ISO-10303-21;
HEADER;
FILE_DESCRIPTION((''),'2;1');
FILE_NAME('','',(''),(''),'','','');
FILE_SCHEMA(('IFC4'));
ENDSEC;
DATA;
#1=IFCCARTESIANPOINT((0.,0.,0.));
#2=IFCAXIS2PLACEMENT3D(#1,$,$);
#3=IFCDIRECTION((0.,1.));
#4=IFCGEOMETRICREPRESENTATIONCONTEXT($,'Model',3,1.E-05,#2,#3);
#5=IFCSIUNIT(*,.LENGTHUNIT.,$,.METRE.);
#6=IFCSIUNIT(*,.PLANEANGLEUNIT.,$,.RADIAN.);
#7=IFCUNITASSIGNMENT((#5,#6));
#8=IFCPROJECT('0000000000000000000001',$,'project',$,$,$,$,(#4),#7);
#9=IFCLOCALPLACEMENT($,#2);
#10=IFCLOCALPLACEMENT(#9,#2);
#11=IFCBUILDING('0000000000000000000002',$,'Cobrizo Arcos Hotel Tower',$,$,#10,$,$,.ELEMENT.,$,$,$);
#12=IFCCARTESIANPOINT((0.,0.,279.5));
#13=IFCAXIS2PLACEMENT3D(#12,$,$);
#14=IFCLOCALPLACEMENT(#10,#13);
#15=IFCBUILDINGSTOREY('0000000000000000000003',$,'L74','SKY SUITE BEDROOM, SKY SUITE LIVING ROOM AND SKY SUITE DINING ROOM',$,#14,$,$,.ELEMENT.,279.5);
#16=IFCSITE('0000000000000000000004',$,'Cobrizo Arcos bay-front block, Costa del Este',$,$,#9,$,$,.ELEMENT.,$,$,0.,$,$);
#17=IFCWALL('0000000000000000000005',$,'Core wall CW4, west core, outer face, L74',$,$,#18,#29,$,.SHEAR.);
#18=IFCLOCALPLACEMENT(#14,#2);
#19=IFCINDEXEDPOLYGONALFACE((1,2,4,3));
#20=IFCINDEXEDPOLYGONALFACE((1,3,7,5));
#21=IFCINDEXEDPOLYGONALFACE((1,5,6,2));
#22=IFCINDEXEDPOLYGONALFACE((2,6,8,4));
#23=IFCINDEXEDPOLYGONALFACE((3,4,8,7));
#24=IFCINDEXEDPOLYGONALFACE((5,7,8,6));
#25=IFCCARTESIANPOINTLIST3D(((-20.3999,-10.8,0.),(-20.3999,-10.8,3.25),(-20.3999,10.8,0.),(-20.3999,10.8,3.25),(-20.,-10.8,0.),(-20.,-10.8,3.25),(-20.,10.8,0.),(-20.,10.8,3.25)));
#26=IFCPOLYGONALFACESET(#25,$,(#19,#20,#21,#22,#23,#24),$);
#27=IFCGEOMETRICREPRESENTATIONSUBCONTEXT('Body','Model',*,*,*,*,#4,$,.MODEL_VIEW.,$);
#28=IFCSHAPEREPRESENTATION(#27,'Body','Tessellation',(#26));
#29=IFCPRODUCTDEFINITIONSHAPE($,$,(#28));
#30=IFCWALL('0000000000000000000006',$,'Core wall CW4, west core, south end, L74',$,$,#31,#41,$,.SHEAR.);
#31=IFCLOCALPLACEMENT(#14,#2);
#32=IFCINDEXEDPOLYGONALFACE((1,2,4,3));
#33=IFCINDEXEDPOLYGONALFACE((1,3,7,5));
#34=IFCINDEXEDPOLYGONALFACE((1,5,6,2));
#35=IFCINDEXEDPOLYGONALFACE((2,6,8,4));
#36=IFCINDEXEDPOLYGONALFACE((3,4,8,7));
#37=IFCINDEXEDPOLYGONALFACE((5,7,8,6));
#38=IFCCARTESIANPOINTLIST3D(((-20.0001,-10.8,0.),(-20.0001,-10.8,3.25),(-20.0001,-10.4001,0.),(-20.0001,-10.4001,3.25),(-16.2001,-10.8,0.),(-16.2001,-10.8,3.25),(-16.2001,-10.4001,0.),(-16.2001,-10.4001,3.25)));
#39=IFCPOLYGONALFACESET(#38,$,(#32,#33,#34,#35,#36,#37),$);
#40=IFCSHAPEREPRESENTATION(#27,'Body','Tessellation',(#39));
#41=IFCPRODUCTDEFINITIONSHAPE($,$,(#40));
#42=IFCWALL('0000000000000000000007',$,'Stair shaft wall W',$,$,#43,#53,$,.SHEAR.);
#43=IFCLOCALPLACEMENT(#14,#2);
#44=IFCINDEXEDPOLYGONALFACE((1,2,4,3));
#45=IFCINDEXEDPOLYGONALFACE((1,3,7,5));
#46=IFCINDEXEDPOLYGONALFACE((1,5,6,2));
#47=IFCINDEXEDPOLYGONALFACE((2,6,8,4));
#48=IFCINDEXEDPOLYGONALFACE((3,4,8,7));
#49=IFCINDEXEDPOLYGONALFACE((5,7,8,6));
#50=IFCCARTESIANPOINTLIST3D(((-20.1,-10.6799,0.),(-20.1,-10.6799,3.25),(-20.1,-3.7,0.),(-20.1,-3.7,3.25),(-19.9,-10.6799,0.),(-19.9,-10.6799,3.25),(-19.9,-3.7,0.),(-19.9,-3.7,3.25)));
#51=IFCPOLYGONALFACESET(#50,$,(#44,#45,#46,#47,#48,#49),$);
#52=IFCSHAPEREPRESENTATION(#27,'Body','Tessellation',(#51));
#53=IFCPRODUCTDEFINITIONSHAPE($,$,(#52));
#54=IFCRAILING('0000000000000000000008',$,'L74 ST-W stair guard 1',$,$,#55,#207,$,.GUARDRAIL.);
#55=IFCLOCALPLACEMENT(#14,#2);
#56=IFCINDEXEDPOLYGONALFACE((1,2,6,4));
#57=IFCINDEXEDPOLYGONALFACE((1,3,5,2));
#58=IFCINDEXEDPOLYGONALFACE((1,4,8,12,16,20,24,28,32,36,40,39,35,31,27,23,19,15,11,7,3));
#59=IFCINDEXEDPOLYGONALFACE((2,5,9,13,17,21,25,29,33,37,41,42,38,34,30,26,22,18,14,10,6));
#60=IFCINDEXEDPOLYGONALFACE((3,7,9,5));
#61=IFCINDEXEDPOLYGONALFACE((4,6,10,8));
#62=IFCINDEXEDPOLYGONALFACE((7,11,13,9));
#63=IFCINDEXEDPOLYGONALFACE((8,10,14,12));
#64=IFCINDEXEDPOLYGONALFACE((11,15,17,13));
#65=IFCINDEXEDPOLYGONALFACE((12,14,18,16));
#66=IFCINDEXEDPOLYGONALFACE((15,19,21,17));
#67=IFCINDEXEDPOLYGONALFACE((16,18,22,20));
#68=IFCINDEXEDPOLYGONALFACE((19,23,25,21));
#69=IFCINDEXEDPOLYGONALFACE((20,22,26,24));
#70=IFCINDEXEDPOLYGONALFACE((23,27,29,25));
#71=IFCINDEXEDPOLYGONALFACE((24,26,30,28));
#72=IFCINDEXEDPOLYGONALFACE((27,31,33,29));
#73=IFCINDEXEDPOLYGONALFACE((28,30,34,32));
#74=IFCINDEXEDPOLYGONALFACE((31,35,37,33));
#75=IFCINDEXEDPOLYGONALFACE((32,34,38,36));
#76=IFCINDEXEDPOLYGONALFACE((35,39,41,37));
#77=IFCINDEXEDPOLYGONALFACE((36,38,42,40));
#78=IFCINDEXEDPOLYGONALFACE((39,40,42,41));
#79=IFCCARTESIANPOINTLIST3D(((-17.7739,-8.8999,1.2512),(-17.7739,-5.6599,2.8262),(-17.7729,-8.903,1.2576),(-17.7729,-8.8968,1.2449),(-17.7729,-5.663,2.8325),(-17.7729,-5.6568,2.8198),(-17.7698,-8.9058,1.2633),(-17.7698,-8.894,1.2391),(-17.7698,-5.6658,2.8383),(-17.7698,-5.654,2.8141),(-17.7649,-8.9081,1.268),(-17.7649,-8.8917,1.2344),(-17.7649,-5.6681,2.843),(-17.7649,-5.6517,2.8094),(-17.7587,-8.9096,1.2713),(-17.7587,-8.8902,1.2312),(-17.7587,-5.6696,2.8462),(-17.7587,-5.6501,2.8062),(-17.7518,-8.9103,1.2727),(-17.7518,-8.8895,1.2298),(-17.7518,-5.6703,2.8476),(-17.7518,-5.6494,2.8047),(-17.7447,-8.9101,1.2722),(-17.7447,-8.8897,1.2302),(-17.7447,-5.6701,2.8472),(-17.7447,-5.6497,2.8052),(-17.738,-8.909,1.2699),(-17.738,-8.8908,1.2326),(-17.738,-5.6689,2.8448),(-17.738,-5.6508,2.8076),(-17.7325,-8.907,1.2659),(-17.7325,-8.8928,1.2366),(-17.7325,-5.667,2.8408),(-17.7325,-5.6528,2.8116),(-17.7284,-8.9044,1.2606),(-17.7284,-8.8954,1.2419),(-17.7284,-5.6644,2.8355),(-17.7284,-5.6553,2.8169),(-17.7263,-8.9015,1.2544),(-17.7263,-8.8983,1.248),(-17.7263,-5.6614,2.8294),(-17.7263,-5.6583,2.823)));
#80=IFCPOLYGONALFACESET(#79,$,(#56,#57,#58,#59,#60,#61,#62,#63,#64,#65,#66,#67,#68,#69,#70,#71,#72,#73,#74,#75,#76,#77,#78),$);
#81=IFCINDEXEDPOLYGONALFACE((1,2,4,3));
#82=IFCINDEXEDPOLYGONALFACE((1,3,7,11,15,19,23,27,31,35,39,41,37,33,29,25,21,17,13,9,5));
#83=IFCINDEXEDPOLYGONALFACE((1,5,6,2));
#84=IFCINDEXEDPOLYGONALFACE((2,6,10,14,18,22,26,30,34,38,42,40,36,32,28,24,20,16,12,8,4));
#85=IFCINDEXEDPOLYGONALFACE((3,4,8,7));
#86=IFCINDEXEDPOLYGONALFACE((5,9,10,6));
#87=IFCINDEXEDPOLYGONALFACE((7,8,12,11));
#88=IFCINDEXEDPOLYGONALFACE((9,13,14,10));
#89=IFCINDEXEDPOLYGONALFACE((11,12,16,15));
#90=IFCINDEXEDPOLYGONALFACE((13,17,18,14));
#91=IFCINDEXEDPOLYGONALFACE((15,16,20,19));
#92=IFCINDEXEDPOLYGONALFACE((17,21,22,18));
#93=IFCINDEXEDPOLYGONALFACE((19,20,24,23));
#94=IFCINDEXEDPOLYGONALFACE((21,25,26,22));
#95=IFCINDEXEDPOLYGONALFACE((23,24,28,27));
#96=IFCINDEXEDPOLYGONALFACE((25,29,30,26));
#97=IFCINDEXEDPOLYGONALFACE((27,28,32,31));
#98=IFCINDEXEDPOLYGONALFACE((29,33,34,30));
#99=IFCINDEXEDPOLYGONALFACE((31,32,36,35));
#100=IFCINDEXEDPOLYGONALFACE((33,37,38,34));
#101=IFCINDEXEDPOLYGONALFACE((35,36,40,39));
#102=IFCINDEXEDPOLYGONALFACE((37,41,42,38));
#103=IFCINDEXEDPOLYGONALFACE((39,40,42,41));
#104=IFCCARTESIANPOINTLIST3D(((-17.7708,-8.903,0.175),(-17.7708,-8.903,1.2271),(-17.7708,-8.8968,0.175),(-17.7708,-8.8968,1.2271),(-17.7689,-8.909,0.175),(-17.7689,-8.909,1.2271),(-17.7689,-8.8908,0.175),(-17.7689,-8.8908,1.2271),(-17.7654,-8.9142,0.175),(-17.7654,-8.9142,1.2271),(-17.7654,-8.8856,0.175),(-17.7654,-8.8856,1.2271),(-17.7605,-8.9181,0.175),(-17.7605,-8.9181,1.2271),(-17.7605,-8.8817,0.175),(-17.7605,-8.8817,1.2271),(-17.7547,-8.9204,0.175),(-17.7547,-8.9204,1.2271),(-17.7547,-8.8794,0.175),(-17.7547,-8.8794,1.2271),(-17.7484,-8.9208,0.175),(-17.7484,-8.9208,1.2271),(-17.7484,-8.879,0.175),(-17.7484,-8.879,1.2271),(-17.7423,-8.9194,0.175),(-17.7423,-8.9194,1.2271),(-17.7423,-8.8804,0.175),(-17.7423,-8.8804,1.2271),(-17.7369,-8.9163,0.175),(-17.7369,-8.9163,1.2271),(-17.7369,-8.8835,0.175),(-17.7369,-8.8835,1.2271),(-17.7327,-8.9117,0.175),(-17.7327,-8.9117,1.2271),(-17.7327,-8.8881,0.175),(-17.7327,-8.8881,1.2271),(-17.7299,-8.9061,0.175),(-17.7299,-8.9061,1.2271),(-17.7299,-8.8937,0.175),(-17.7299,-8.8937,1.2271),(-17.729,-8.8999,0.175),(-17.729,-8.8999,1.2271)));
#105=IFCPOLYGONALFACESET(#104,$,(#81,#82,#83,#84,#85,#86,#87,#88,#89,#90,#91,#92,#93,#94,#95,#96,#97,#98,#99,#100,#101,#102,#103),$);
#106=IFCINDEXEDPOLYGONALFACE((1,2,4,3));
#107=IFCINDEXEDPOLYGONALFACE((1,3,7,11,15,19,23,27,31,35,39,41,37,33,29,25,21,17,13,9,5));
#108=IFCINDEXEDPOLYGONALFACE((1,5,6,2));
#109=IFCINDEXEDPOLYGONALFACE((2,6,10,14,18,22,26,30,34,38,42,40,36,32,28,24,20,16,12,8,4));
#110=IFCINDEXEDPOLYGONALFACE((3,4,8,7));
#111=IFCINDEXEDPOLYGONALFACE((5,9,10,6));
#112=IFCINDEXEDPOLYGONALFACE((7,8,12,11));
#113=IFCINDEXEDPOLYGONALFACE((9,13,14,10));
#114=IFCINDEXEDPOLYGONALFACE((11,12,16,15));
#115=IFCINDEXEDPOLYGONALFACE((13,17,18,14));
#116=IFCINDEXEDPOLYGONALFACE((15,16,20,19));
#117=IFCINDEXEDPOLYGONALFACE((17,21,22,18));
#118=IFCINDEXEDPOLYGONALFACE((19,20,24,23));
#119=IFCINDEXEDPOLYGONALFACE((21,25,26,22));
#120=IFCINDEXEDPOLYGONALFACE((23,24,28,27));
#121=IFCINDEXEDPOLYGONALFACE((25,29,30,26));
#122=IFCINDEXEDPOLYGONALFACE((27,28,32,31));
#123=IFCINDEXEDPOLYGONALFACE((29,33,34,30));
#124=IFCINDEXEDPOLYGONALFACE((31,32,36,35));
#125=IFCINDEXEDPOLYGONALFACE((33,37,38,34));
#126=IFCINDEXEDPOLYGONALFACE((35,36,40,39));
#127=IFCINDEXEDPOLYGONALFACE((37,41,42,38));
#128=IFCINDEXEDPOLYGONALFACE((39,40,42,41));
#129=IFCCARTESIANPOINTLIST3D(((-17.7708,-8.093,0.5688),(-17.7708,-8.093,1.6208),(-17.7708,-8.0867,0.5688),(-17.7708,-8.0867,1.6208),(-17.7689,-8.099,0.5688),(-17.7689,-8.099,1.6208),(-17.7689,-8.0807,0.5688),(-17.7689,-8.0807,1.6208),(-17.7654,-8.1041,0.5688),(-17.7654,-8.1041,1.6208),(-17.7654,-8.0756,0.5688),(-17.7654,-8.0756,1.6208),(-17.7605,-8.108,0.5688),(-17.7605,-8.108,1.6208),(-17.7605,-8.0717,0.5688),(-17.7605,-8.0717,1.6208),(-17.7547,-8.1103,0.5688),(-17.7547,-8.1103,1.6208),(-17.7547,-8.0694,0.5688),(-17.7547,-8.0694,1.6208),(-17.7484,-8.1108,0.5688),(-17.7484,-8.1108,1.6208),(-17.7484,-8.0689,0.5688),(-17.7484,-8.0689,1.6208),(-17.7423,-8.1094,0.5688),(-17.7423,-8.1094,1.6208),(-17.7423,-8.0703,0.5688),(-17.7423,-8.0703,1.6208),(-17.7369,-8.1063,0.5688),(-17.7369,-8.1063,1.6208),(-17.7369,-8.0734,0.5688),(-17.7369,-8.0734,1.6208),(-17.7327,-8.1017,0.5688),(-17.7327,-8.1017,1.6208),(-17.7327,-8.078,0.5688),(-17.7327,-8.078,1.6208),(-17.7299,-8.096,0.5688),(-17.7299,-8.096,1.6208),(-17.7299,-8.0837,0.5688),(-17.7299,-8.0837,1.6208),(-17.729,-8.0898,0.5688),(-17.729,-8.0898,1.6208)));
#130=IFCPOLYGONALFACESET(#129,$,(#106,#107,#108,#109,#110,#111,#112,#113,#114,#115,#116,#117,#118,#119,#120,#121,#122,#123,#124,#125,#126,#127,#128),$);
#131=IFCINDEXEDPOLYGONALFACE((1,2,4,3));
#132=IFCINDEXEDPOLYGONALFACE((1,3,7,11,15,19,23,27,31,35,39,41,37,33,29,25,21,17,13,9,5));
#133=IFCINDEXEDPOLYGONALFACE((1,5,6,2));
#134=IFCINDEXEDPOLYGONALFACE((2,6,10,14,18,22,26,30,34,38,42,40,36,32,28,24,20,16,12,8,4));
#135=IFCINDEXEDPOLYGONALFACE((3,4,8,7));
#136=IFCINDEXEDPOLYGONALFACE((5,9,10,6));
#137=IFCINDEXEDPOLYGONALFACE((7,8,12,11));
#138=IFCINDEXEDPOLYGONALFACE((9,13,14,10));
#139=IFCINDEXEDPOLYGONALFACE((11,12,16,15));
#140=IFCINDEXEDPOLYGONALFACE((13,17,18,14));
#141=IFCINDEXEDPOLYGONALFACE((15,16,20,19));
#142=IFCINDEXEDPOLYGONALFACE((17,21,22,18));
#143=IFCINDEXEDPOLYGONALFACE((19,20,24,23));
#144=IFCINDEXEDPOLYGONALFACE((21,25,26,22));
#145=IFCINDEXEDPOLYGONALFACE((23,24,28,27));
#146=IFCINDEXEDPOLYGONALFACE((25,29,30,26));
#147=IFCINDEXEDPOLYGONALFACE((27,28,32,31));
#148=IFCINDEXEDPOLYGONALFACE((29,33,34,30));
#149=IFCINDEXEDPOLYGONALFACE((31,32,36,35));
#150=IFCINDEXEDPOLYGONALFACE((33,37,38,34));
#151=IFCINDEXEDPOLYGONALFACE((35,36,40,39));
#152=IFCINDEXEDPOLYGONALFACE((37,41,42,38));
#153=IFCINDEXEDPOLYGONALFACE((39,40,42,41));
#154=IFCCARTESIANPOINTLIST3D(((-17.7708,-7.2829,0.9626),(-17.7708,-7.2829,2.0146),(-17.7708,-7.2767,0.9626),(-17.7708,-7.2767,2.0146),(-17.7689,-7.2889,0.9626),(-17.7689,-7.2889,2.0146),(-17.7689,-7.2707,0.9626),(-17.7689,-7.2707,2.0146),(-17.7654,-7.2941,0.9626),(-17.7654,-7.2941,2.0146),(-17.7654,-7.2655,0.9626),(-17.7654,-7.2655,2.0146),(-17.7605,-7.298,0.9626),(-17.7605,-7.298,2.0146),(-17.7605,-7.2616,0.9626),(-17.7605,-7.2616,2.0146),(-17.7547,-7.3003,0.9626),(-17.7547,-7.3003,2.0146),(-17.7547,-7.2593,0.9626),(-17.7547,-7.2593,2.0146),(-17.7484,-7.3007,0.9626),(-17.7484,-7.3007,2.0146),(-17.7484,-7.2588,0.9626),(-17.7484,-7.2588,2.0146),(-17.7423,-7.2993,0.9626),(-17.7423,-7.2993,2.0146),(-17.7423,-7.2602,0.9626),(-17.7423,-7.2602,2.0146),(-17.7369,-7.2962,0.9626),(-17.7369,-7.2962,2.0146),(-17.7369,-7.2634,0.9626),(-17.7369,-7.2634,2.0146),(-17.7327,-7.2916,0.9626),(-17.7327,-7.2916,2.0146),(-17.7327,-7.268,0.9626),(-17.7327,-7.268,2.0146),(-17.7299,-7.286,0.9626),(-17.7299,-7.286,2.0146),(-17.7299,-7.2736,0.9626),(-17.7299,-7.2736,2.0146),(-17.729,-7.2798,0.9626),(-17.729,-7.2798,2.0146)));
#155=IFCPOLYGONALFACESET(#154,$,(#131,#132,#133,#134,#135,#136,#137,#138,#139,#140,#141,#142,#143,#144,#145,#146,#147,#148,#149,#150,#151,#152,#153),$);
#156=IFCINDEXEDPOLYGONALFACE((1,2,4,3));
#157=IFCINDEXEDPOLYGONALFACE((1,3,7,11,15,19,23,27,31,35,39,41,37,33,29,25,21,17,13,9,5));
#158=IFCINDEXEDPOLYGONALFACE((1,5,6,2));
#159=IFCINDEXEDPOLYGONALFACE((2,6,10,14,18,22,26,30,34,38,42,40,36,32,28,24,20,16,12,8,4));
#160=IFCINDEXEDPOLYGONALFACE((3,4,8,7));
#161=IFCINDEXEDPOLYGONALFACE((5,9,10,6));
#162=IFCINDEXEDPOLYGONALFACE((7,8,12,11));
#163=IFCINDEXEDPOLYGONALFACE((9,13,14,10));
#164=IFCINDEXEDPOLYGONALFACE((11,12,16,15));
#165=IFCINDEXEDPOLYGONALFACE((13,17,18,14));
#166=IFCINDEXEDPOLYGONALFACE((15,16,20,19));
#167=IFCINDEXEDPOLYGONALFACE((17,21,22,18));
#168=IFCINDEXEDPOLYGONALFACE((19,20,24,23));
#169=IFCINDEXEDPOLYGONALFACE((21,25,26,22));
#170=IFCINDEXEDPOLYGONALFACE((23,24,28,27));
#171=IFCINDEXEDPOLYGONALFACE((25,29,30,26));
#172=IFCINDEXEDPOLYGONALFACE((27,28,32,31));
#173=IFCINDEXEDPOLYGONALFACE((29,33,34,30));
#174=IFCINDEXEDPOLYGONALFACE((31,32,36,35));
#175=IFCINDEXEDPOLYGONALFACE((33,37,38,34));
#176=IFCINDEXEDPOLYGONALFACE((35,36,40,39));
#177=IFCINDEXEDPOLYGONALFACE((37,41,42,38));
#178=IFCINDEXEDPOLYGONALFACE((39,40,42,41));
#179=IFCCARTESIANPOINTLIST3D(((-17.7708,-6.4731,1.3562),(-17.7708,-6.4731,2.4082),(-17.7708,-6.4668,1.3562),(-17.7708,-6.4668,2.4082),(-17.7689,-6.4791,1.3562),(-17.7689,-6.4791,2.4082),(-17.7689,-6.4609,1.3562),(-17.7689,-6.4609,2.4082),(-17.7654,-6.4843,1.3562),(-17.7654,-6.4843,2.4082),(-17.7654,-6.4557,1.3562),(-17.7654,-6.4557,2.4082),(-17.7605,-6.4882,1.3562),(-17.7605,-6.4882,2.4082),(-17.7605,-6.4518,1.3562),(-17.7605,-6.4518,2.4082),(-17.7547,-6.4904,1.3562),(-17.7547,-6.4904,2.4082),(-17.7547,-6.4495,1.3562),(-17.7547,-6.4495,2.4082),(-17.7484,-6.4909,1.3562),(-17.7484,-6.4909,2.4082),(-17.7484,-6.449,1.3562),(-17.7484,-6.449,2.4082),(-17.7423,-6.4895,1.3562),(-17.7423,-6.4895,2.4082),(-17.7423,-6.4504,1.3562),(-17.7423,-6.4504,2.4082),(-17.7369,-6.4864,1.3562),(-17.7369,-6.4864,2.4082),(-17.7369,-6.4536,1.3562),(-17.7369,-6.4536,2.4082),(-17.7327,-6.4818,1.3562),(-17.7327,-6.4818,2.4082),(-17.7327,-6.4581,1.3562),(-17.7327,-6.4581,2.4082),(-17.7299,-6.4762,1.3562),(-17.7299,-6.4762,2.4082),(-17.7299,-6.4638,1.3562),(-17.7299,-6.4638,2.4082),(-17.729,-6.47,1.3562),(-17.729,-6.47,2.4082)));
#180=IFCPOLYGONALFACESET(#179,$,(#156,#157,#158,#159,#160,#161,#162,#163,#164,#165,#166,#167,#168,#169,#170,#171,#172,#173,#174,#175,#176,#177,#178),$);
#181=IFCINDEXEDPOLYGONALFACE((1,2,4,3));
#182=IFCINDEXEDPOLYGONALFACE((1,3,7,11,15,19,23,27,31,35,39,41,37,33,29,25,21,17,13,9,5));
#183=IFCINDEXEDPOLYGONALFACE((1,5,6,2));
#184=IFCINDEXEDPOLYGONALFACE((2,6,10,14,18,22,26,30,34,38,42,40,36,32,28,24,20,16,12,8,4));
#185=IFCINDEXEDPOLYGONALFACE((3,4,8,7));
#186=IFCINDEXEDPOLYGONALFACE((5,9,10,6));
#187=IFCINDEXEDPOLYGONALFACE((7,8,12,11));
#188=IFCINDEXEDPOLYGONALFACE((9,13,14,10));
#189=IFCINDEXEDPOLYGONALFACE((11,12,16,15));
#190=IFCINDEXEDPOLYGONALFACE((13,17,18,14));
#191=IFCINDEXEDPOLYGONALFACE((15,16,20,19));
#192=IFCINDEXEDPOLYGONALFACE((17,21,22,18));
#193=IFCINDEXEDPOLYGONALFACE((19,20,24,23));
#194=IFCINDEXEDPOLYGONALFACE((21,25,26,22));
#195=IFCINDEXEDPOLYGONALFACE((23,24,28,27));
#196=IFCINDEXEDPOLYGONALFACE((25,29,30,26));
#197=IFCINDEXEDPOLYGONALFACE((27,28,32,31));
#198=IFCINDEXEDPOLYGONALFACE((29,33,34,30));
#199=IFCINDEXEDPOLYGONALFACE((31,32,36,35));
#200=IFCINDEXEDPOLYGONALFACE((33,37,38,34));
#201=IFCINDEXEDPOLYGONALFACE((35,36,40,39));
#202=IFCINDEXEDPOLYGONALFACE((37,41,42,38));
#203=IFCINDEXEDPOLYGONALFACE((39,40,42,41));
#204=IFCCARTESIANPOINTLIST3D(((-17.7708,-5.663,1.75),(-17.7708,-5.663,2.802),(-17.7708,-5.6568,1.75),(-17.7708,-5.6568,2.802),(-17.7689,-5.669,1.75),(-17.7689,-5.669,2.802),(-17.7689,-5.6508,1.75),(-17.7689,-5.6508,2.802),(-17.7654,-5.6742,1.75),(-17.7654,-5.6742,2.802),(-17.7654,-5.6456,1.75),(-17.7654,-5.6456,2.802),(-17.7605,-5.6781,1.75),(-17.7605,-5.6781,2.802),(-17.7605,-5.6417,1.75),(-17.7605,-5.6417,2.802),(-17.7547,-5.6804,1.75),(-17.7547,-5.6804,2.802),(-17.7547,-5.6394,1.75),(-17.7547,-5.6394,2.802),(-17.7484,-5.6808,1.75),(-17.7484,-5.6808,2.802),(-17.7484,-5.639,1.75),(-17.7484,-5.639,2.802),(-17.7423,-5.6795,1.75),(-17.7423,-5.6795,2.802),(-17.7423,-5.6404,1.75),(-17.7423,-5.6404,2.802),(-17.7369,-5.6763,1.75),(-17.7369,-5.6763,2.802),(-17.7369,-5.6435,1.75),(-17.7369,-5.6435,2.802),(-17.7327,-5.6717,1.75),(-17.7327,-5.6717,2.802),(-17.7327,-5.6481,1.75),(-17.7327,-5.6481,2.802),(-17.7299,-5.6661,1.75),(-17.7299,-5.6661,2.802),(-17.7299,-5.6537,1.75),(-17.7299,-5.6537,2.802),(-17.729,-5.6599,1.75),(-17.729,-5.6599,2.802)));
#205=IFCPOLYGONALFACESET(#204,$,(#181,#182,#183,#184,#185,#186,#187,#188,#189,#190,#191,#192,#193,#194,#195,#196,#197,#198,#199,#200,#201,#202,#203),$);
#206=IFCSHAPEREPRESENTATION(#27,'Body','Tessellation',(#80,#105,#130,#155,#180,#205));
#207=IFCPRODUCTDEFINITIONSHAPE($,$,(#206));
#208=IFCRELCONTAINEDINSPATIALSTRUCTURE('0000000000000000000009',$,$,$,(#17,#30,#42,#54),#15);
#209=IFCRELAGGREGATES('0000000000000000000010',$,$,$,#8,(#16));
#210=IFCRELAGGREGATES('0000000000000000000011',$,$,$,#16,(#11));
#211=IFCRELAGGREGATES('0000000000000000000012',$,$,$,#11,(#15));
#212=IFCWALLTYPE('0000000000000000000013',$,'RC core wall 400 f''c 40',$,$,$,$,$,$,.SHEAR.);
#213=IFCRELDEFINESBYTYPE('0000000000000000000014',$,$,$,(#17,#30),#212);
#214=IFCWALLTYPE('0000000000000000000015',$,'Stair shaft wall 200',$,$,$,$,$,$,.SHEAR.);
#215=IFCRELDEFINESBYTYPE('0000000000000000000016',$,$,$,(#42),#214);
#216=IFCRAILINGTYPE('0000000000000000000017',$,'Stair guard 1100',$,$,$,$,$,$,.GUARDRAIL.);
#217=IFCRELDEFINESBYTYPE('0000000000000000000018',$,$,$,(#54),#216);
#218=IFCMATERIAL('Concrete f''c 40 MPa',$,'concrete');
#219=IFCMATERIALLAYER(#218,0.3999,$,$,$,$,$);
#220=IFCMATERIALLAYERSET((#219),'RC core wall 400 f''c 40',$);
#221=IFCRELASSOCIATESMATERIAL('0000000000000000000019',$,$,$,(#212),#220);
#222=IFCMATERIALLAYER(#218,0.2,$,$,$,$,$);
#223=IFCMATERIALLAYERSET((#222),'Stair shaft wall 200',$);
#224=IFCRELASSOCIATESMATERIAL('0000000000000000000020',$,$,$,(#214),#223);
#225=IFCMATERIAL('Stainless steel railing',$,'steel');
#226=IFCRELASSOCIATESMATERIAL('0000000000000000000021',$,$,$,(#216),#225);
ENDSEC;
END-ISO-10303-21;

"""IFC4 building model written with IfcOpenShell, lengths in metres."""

from ifc_helpers import new_model, si_unit, direction, frame, frame_2d, origin, origin_2d, place, context, subcontext, project, spatial, rectangle, circle, extrude, material, layer, layer_set, type_object, element, save


model = new_model("IFC4")

# Units and contexts
model_context = context("Model", 3, precision=1e-05, world=origin(), true_north=direction((0.0, 1.0)))
body_context = subcontext(model_context, "Body", "Model", "MODEL_VIEW")
ifc_project = project(units=[si_unit("LENGTHUNIT", "METRE"), si_unit("PLANEANGLEUNIT", "RADIAN")], contexts=[model_context])

# Site, building, storey
site_placement = place(None, origin())
site = spatial("IfcSite", under=ifc_project, at=site_placement, Name="Cobrizo Arcos bay-front block, Costa del Este", CompositionType="ELEMENT", RefElevation=0.0)
building_placement = place(site_placement, origin())
building = spatial("IfcBuilding", under=site, at=building_placement, Name="Cobrizo Arcos Hotel Tower", CompositionType="ELEMENT")
storey_placement = place(building_placement, frame((0.0, 0.0, 279.5)))
storey = spatial("IfcBuildingStorey", under=building, at=storey_placement, Name="L74", Description="SKY SUITE BEDROOM, SKY SUITE LIVING ROOM AND SKY SUITE DINING ROOM", CompositionType="ELEMENT", Elevation=279.5)

# Shared definitions
ifc_material_1 = material(Name="Concrete f'c 40 MPa", Category="concrete")
ifc_layer_1 = layer(ifc_material_1, 0.3999)
ifc_layer_set_1 = layer_set([ifc_layer_1], Name="RC core wall 400 f'c 40")
wall_type_1 = type_object("IfcWallType", Name="RC core wall 400 f'c 40", PredefinedType="SHEAR", material=ifc_layer_set_1)

# Walls
wall_1_placement = place(storey_placement, frame((-20.2, -10.8, 0.0), z_axis=(0.0, 0.0, 1.0), x_axis=(0.0, 1.0, 0.0)))
element("IfcWall", 1, at=wall_1_placement, inside=storey, type_object=wall_type_1, Name="Core wall CW4, west core, outer face, L74", PredefinedType="SHEAR", context=body_context, shape_type="SweptSolid", body=[
    extrude(rectangle(XDim=21.6001, YDim=0.3999, at=frame_2d((10.8, 0.0))), origin(), (0.0, 0.0, 1.0), 3.25),
])
wall_2_placement = place(storey_placement, frame((-20.0, -10.6001, 0.0), z_axis=(0.0, 0.0, 1.0), x_axis=(1.0, 0.0, 0.0)))
element("IfcWall", 2, at=wall_2_placement, inside=storey, type_object=wall_type_1, Name="Core wall CW4, west core, south end, L74", PredefinedType="SHEAR", context=body_context, shape_type="SweptSolid", body=[
    extrude(rectangle(XDim=3.8, YDim=0.3999, at=frame_2d((1.8999, 0.0))), origin(), (0.0, 0.0, 1.0), 3.25),
])
ifc_layer_2 = layer(ifc_material_1, 0.2)
ifc_layer_set_2 = layer_set([ifc_layer_2], Name="Stair shaft wall 200")
wall_type_2 = type_object("IfcWallType", Name="Stair shaft wall 200", PredefinedType="SHEAR", material=ifc_layer_set_2)
wall_3_placement = place(storey_placement, frame((-20.0, -10.6799, 0.0), z_axis=(0.0, 0.0, 1.0), x_axis=(0.0, 1.0, 0.0)))
element("IfcWall", 3, at=wall_3_placement, inside=storey, type_object=wall_type_2, Name="Stair shaft wall W", PredefinedType="SHEAR", context=body_context, shape_type="SweptSolid", body=[
    extrude(rectangle(XDim=6.98, YDim=0.2, at=frame_2d((3.49, 0.0))), origin(), (0.0, 0.0, 1.0), 3.25),
])

# Railing
ifc_material_2 = material(Name="Stainless steel railing", Category="steel")
railing_type = type_object("IfcRailingType", Name="Stair guard 1100", PredefinedType="GUARDRAIL", material=ifc_material_2)
railing_1_placement = place(storey_placement, frame((-17.75, -8.8999, 0.175)))
element("IfcRailing", 4, at=railing_1_placement, inside=storey, type_object=railing_type, Name="L74 ST-W stair guard 1", PredefinedType="GUARDRAIL", context=body_context, shape_type="SweptSolid", body=[
    extrude(circle(Radius=0.0239, at=origin_2d()), frame((0.0, 0.0, 1.0762), z_axis=(0.0, 0.899373, 0.437183), x_axis=(-1.0, 0.0, 0.0)), (0.0, 0.0, 1.0), 3.6025),
    extrude(circle(Radius=0.021, at=origin_2d()), origin(), (0.0, 0.0, 1.0), 1.052),
    extrude(circle(Radius=0.021, at=origin_2d()), frame((0.0, 0.8101, 0.3938)), (0.0, 0.0, 1.0), 1.052),
    extrude(circle(Radius=0.021, at=origin_2d()), frame((0.0, 1.6201, 0.7876)), (0.0, 0.0, 1.0), 1.052),
    extrude(circle(Radius=0.021, at=origin_2d()), frame((0.0, 2.4299, 1.1812)), (0.0, 0.0, 1.0), 1.052),
    extrude(circle(Radius=0.021, at=origin_2d()), frame((0.0, 3.24, 1.575)), (0.0, 0.0, 1.0), 1.052),
])

save(model, "model.ifc")
